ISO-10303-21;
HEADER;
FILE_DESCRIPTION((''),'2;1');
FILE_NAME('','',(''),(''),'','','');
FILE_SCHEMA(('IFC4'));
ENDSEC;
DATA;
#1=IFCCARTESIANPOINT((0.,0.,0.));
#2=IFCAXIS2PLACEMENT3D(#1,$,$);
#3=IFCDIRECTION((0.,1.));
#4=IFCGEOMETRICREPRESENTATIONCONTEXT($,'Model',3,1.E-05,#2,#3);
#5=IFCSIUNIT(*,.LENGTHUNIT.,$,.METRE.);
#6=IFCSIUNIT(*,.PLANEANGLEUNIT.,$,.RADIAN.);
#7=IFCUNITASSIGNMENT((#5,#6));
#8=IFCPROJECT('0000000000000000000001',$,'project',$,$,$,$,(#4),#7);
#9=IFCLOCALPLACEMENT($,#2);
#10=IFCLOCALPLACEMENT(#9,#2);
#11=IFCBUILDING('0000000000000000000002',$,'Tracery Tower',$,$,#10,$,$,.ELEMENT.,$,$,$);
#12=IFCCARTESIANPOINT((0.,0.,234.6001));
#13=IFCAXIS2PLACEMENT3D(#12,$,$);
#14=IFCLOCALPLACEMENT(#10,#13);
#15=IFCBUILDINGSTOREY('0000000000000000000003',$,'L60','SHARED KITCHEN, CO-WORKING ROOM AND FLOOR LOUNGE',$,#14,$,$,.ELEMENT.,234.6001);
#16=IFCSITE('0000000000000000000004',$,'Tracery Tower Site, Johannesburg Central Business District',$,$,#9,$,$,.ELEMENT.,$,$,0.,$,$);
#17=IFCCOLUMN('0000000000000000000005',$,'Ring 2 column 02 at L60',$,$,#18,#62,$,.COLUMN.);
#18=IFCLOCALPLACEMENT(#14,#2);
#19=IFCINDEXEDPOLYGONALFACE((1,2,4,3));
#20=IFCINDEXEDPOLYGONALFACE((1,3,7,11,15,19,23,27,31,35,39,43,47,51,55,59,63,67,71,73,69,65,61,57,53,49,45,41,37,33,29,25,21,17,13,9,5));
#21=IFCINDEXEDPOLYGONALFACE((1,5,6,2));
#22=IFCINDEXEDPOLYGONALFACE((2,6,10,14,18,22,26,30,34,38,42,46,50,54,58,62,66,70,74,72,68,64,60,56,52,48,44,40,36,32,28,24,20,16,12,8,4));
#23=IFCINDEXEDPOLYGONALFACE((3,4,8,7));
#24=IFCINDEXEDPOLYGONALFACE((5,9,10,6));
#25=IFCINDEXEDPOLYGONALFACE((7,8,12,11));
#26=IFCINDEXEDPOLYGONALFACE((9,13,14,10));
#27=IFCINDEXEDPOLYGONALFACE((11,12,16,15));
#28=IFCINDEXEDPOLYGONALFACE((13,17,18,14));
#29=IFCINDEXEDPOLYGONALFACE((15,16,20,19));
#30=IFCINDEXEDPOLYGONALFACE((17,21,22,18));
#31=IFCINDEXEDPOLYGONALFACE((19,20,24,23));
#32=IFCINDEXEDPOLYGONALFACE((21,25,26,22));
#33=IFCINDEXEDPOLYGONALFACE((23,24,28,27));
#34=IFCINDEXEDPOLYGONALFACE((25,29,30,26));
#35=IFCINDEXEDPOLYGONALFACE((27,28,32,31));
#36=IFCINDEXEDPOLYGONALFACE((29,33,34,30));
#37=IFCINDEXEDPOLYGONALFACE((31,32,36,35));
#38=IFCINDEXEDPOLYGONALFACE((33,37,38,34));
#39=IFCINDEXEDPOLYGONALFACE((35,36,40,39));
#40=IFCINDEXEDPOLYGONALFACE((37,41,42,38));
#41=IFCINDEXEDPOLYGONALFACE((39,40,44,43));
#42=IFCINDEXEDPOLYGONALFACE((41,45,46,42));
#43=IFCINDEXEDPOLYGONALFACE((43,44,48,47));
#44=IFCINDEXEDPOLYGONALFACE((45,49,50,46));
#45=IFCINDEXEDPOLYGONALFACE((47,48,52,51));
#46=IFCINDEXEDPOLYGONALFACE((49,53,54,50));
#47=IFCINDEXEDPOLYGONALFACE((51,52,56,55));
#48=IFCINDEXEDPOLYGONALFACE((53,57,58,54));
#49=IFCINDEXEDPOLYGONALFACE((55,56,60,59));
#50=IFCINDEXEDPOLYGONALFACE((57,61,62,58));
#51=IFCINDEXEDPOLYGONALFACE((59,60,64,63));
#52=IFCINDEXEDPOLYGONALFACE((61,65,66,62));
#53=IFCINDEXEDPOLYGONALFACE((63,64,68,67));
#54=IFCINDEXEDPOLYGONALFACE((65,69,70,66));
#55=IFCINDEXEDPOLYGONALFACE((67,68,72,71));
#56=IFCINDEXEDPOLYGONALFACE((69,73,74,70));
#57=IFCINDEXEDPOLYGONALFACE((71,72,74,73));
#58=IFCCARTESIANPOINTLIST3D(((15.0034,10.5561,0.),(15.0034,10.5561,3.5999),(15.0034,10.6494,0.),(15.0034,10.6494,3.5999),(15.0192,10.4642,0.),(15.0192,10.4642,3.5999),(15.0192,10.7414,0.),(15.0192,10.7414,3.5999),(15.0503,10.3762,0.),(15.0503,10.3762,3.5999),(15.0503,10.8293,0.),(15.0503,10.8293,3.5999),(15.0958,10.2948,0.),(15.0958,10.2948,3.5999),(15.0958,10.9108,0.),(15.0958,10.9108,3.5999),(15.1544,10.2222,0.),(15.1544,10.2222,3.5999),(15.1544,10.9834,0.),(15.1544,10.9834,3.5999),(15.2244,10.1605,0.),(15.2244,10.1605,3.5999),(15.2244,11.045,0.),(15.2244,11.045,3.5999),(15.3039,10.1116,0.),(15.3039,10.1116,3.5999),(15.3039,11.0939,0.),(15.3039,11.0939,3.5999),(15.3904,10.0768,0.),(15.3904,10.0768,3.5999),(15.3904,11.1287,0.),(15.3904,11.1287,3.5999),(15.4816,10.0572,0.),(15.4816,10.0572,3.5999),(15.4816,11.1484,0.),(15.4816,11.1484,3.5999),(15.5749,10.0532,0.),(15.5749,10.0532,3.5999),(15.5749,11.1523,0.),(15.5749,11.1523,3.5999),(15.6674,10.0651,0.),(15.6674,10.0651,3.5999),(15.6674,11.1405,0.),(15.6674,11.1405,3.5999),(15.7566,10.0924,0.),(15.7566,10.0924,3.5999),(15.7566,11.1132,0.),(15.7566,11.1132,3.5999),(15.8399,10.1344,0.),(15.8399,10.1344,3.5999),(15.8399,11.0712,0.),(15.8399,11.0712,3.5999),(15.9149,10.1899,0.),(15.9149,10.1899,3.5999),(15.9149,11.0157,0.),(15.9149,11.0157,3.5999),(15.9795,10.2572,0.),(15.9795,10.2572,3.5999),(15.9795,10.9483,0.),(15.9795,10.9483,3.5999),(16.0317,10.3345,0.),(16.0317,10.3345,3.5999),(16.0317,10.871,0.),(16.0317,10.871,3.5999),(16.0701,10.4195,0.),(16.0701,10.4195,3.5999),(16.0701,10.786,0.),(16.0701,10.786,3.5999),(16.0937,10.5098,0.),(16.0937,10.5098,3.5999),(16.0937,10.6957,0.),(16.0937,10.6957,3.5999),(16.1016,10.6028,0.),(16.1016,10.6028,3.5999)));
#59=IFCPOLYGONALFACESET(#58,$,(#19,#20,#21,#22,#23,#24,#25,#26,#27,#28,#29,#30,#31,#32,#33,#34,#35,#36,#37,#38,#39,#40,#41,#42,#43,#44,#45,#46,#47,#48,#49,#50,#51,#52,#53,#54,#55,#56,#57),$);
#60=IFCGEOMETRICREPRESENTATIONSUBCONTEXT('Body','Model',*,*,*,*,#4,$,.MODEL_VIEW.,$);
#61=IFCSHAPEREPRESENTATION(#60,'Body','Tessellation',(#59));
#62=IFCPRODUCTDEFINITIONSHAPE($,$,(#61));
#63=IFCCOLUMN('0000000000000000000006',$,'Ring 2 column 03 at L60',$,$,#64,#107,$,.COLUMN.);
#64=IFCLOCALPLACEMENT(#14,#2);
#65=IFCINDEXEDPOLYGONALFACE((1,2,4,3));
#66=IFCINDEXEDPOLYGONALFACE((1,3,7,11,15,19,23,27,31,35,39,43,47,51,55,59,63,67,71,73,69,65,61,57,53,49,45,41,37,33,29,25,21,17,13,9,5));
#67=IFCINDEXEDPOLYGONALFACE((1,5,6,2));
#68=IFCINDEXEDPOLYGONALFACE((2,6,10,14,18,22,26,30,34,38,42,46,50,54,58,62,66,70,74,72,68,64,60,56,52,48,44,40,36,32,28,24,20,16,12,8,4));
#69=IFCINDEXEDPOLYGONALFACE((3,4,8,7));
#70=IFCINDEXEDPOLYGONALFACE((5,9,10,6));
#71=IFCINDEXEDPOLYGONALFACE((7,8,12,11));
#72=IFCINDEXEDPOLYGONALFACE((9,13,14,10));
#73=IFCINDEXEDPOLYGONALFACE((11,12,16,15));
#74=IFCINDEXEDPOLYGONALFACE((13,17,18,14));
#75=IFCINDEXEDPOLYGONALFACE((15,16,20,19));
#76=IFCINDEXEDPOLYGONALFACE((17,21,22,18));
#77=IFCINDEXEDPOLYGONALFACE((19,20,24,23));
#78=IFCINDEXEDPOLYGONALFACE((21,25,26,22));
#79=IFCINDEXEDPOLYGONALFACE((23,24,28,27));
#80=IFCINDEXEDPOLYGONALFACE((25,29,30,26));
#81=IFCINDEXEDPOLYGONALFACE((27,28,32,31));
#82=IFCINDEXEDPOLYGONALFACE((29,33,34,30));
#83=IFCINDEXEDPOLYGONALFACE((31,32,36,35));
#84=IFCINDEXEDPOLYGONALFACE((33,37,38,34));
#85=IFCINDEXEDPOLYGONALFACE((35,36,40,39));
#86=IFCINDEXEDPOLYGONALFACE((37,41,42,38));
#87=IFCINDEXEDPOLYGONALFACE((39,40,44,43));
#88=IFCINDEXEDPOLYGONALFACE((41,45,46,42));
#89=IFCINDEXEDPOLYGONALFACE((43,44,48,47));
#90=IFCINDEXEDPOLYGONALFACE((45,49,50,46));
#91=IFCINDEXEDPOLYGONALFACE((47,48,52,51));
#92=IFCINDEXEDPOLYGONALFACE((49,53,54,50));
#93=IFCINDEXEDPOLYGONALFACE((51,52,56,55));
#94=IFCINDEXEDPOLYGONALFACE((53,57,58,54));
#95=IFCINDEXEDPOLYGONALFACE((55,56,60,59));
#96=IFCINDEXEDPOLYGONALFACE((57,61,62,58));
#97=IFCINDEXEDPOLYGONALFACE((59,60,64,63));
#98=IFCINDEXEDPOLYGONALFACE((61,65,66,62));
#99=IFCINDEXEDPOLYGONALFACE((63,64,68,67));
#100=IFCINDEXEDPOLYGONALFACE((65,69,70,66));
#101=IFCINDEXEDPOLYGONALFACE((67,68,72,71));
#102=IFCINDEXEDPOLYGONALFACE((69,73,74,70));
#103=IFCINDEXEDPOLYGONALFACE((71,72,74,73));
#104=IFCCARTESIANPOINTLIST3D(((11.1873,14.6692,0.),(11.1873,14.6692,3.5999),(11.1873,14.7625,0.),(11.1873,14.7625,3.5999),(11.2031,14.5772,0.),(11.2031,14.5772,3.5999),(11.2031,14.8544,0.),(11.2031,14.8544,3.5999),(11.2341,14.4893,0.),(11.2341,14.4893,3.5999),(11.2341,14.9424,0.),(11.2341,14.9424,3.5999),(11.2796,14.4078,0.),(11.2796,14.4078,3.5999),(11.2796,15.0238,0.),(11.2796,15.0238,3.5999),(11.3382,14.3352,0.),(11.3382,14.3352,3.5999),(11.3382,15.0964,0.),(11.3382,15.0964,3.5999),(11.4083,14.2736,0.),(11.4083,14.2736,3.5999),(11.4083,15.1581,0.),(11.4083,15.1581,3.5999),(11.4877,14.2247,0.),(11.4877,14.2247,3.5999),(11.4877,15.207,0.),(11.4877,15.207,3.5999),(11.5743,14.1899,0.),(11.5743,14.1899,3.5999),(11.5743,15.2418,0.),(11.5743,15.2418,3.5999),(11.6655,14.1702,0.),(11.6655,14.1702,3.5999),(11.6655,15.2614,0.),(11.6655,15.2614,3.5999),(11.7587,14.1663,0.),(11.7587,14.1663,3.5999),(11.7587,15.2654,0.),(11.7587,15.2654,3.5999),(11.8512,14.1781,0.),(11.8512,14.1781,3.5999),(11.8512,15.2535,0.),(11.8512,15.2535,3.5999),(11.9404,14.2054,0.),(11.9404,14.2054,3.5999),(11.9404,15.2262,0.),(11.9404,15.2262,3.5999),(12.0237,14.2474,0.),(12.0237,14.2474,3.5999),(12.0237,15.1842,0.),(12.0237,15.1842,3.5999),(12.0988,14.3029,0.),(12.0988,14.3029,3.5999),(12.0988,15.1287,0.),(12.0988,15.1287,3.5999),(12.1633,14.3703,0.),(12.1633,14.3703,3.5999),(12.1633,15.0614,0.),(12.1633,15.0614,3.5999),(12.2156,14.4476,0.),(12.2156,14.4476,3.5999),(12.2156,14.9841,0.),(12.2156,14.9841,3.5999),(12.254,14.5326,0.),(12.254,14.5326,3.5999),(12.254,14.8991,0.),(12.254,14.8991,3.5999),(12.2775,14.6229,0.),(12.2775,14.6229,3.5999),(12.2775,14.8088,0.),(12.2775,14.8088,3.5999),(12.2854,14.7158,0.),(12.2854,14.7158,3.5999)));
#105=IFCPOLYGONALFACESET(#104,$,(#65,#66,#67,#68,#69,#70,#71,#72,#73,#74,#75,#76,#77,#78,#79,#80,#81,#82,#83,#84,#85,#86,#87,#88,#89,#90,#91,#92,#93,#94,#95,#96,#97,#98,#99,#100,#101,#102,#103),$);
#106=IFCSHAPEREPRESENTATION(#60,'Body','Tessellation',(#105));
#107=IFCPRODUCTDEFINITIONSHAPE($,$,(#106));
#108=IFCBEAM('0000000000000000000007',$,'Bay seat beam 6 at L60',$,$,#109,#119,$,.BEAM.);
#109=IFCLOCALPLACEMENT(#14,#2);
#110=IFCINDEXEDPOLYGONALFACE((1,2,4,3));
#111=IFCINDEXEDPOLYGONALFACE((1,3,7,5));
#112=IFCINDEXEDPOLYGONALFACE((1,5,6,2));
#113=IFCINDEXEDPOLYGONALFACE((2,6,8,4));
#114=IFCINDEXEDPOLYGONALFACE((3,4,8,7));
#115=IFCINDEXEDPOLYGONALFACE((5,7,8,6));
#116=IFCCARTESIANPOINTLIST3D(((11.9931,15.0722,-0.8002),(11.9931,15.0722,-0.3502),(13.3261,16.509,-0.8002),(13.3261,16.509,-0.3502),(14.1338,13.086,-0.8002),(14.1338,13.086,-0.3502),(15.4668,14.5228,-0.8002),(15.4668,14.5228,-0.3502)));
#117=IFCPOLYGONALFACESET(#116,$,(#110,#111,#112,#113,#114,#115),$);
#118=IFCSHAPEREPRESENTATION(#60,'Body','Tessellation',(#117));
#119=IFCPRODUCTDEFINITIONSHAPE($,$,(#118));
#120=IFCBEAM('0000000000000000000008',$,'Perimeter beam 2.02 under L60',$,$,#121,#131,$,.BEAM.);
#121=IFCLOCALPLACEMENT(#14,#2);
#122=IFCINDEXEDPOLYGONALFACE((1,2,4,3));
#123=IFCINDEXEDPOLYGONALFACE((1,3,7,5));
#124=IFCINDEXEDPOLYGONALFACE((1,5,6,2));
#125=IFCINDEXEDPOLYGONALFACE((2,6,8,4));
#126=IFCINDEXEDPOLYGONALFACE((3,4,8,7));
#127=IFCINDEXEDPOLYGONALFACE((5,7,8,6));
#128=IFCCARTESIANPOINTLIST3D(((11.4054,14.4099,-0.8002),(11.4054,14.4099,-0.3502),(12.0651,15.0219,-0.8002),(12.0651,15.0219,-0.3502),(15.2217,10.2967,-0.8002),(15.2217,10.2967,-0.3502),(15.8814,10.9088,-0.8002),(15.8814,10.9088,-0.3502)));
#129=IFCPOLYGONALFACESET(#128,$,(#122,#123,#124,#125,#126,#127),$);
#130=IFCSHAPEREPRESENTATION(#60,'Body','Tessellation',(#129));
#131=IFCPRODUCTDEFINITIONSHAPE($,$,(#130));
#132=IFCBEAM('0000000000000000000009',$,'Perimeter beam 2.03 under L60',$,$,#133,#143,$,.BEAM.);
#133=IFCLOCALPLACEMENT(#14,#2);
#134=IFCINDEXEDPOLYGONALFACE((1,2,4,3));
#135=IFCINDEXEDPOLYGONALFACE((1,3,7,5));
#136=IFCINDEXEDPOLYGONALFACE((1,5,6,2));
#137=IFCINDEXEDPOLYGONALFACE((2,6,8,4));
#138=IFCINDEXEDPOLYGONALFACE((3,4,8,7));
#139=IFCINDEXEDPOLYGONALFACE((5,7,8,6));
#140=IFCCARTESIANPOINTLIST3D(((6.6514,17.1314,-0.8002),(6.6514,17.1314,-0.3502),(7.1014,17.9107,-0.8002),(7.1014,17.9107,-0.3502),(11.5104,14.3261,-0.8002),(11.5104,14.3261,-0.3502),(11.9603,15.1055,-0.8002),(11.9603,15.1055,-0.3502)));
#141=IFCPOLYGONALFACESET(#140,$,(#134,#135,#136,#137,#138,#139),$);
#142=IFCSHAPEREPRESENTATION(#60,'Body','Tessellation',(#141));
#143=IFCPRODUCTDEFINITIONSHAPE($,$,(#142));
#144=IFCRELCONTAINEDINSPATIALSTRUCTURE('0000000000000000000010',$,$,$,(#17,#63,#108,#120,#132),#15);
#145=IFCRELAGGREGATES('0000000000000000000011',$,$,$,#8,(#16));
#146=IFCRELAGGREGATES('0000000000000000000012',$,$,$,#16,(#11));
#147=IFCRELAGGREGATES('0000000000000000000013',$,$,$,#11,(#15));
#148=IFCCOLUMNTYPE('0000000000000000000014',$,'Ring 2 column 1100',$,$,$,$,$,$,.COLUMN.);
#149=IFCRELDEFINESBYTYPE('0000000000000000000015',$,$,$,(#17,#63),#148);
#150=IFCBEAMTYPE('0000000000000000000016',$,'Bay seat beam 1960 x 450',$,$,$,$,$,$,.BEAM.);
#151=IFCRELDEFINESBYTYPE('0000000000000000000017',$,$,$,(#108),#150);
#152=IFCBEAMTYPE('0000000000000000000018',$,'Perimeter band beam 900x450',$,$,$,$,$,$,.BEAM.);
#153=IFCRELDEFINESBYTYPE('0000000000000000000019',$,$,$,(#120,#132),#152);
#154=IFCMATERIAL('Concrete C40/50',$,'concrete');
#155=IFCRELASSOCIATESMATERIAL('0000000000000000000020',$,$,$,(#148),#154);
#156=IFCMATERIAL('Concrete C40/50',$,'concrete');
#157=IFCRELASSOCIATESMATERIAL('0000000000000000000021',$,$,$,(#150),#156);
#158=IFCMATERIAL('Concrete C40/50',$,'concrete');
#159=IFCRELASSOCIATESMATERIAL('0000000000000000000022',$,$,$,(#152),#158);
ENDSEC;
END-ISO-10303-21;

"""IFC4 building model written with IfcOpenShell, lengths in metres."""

from ifc_helpers import new_model, si_unit, direction, frame, origin, origin_2d, place, context, subcontext, project, spatial, rectangle, circle, extrude, material, material_profile, profile_set, type_object, element, save


model = new_model("IFC4")

# Units and contexts
model_context = context("Model", 3, precision=1e-05, world=origin(), true_north=direction((0.0, 1.0)))
body_context = subcontext(model_context, "Body", "Model", "MODEL_VIEW")
ifc_project = project(units=[si_unit("LENGTHUNIT", "METRE"), si_unit("PLANEANGLEUNIT", "RADIAN")], contexts=[model_context])

# Site, building, storey
site_placement = place(None, origin())
site = spatial("IfcSite", under=ifc_project, at=site_placement, Name="Tracery Tower Site, Johannesburg Central Business District", CompositionType="ELEMENT", RefElevation=0.0)
building_placement = place(site_placement, origin())
building = spatial("IfcBuilding", under=site, at=building_placement, Name="Tracery Tower", CompositionType="ELEMENT")
storey_placement = place(building_placement, frame((0.0, 0.0, 234.6001)))
storey = spatial("IfcBuildingStorey", under=building, at=storey_placement, Name="L60", Description="SHARED KITCHEN, CO-WORKING ROOM AND FLOOR LOUNGE", CompositionType="ELEMENT", Elevation=234.6001)

# Columns
ifc_material_1 = material(Name="Concrete C40/50", Category="concrete")
ifc_material_profile_1 = material_profile(ifc_material_1, circle(Radius=0.55, at=origin_2d()), Name="RC D1100")
ifc_profile_set_1 = profile_set([ifc_material_profile_1], Name="Concrete C40/50")
column_type = type_object("IfcColumnType", Name="Ring 2 column 1100", PredefinedType="COLUMN", material=ifc_profile_set_1)
for number, where, z_axis, x_axis, name in (
    (1, (15.5515, 10.6028, 0.0), (0.0, 0.0, 1.0), (1.0, 0.0, 0.0), "Ring 2 column 02 at L60"),
    (2, (11.7354, 14.7158, 0.0), (0.0, 0.0, 1.0), (1.0, 0.0, 0.0), "Ring 2 column 03 at L60"),
):
    element("IfcColumn", number, at=place(storey_placement, frame(where, z_axis=z_axis, x_axis=x_axis)), inside=storey, type_object=column_type, Name=name, PredefinedType="COLUMN", context=body_context, shape_type="SweptSolid", body=[
        extrude(circle(Radius=0.55, at=origin_2d()), origin(), (0.0, 0.0, 1.0), 3.5999),
    ])

# Beams
ifc_material_2 = material(Name="Concrete C40/50", Category="concrete")
ifc_material_profile_2 = material_profile(ifc_material_2, rectangle(XDim=1.96, YDim=0.45, at=origin_2d()), Name="RC 1960x450")
ifc_profile_set_2 = profile_set([ifc_material_profile_2], Name="Concrete C40/50")
beam_type_1 = type_object("IfcBeamType", Name="Bay seat beam 1960 x 450", PredefinedType="BEAM", material=ifc_profile_set_2)
beam_1_placement = place(storey_placement, frame((14.8003, 13.8044, -0.5752), z_axis=(-0.733073, 0.68015, 0.0), x_axis=(-0.68015, -0.733073, 0.0)))
element("IfcBeam", 3, at=beam_1_placement, inside=storey, type_object=beam_type_1, Name="Bay seat beam 6 at L60", PredefinedType="BEAM", context=body_context, shape_type="SweptSolid", body=[
    extrude(rectangle(XDim=1.96, YDim=0.45, at=origin_2d()), origin(), (0.0, 0.0, 1.0), 2.9202),
])
ifc_material_3 = material(Name="Concrete C40/50", Category="concrete")
ifc_material_profile_3 = material_profile(ifc_material_3, rectangle(XDim=0.8999, YDim=0.45, at=origin_2d()), Name="RC 900x450")
ifc_profile_set_3 = profile_set([ifc_material_profile_3], Name="Concrete C40/50")
beam_type_2 = type_object("IfcBeamType", Name="Perimeter band beam 900x450", PredefinedType="BEAM", material=ifc_profile_set_3)
beam_2_placement = place(storey_placement, frame((15.5515, 10.6028, -0.5752), z_axis=(-0.680156, 0.733068, 0.0), x_axis=(-0.733068, -0.680156, 0.0)))
element("IfcBeam", 4, at=beam_2_placement, inside=storey, type_object=beam_type_2, Name="Perimeter beam 2.02 under L60", PredefinedType="BEAM", context=body_context, shape_type="SweptSolid", body=[
    extrude(rectangle(XDim=0.8999, YDim=0.45, at=origin_2d()), origin(), (0.0, 0.0, 1.0), 5.6108),
])
beam_3_placement = place(storey_placement, frame((11.7354, 14.7158, -0.5752), z_axis=(-0.866033, 0.499986, 0.0), x_axis=(-0.499986, -0.866033, 0.0)))
element("IfcBeam", 5, at=beam_3_placement, inside=storey, type_object=beam_type_2, Name="Perimeter beam 2.03 under L60", PredefinedType="BEAM", context=body_context, shape_type="SweptSolid", body=[
    extrude(rectangle(XDim=0.8999, YDim=0.45, at=origin_2d()), origin(), (0.0, 0.0, 1.0), 5.6106),
])

save(model, "model.ifc")
